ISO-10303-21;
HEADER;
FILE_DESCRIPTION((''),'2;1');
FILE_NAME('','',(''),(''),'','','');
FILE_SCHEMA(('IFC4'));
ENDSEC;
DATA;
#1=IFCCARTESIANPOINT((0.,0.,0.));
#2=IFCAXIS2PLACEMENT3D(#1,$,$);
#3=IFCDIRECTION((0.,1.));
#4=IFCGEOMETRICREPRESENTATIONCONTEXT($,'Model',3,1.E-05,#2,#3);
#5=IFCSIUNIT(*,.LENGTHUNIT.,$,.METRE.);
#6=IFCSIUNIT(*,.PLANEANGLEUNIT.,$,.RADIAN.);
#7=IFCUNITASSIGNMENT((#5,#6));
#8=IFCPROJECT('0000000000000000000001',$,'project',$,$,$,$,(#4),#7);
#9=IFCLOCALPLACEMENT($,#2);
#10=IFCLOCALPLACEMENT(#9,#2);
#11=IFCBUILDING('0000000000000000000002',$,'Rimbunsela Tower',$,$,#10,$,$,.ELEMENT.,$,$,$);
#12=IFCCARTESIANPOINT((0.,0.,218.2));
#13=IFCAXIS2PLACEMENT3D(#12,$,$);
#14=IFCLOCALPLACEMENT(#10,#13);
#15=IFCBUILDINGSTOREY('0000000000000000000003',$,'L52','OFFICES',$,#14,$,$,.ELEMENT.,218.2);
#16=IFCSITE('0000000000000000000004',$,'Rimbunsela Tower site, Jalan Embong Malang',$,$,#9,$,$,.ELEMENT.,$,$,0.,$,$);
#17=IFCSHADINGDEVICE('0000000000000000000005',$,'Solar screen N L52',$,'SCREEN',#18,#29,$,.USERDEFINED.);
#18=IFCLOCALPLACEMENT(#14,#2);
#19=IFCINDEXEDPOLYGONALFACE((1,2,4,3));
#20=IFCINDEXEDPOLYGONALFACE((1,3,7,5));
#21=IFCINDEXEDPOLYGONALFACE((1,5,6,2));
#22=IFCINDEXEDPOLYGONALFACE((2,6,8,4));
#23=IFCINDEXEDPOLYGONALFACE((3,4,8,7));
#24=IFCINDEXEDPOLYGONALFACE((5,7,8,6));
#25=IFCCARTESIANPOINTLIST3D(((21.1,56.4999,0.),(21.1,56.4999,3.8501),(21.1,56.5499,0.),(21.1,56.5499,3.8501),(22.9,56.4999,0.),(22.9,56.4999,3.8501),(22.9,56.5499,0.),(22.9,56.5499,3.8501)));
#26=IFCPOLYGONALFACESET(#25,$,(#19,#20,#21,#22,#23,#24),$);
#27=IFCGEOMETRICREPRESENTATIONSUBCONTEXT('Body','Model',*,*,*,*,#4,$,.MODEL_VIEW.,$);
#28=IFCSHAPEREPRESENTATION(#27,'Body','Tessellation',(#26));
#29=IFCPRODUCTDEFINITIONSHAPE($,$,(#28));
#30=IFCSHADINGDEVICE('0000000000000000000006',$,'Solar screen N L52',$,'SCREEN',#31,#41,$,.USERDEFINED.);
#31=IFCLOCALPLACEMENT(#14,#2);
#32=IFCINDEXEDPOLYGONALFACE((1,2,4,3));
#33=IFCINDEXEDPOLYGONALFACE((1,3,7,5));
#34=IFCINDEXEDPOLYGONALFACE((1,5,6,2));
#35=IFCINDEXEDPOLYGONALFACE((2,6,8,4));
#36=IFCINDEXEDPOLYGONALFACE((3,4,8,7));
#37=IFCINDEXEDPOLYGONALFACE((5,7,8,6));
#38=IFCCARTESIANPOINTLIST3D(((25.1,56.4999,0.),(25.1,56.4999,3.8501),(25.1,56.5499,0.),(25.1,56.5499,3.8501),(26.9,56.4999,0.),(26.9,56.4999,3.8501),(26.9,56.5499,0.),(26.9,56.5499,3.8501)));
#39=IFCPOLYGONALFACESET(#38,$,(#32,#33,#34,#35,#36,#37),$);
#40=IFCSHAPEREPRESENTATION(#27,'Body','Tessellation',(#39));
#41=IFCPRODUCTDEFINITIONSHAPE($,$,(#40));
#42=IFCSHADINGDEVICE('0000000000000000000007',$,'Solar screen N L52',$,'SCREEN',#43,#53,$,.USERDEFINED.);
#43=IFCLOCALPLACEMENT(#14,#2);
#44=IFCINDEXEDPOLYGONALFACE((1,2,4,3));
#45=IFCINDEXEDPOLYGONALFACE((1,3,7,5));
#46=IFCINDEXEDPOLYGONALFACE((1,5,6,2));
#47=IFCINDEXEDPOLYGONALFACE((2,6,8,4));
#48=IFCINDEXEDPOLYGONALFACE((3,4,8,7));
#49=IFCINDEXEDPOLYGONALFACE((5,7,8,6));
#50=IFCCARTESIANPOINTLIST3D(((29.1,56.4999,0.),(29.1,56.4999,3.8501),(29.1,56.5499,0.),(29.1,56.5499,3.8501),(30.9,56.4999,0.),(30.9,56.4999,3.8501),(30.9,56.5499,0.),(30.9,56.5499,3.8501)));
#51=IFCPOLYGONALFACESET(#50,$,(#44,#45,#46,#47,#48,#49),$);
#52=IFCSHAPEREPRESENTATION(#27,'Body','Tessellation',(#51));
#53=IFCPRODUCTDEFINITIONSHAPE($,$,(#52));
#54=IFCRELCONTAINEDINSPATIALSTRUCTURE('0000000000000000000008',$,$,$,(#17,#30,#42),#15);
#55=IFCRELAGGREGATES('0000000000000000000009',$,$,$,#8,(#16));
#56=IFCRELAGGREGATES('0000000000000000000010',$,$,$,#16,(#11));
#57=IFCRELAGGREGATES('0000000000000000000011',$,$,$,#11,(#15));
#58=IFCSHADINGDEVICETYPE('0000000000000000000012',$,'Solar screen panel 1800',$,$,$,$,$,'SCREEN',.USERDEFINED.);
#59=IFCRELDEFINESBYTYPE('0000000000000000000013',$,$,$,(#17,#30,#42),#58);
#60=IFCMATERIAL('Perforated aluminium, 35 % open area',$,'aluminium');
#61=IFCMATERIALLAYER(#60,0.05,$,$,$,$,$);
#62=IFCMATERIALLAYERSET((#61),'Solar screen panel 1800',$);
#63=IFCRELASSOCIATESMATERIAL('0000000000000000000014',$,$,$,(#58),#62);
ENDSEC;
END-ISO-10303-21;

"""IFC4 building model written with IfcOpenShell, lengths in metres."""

from ifc_helpers import new_model, si_unit, direction, frame, origin, origin_2d, place, context, subcontext, project, spatial, rectangle, extrude, material, layer, layer_set, type_object, element, save


model = new_model("IFC4")

# Units and contexts
model_context = context("Model", 3, precision=1e-05, world=origin(), true_north=direction((0.0, 1.0)))
body_context = subcontext(model_context, "Body", "Model", "MODEL_VIEW")
ifc_project = project(units=[si_unit("LENGTHUNIT", "METRE"), si_unit("PLANEANGLEUNIT", "RADIAN")], contexts=[model_context])

# Site, building, storey
site_placement = place(None, origin())
site = spatial("IfcSite", under=ifc_project, at=site_placement, Name="Rimbunsela Tower site, Jalan Embong Malang", CompositionType="ELEMENT", RefElevation=0.0)
building_placement = place(site_placement, origin())
building = spatial("IfcBuilding", under=site, at=building_placement, Name="Rimbunsela Tower", CompositionType="ELEMENT")
storey_placement = place(building_placement, frame((0.0, 0.0, 218.2)))
storey = spatial("IfcBuildingStorey", under=building, at=storey_placement, Name="L52", Description="OFFICES", CompositionType="ELEMENT", Elevation=218.2)

# Shading devices
ifc_material_1 = material(Name="Perforated aluminium, 35 % open area", Category="aluminium")
ifc_layer_1 = layer(ifc_material_1, 0.05)
ifc_layer_set_1 = layer_set([ifc_layer_1], Name="Solar screen panel 1800")
shading_device_type = type_object("IfcShadingDeviceType", Name="Solar screen panel 1800", ElementType="SCREEN", PredefinedType="USERDEFINED", material=ifc_layer_set_1)
for number, where, z_axis, x_axis, name in (
    (1, (22.0, 56.5249, 0.0), (0.0, 0.0, 1.0), (1.0, 0.0, 0.0), "Solar screen N L52"),
    (2, (26.0, 56.5249, 0.0), (0.0, 0.0, 1.0), (1.0, 0.0, 0.0), "Solar screen N L52"),
    (3, (30.0, 56.5249, 0.0), (0.0, 0.0, 1.0), (1.0, 0.0, 0.0), "Solar screen N L52"),
):
    element("IfcShadingDevice", number, at=place(storey_placement, frame(where, z_axis=z_axis, x_axis=x_axis)), inside=storey, type_object=shading_device_type, Name=name, ObjectType="SCREEN", PredefinedType="USERDEFINED", context=body_context, shape_type="SweptSolid", body=[
        extrude(rectangle(XDim=1.8, YDim=0.05, at=origin_2d()), origin(), (0.0, 0.0, 1.0), 3.8501),
    ])

save(model, "model.ifc")
